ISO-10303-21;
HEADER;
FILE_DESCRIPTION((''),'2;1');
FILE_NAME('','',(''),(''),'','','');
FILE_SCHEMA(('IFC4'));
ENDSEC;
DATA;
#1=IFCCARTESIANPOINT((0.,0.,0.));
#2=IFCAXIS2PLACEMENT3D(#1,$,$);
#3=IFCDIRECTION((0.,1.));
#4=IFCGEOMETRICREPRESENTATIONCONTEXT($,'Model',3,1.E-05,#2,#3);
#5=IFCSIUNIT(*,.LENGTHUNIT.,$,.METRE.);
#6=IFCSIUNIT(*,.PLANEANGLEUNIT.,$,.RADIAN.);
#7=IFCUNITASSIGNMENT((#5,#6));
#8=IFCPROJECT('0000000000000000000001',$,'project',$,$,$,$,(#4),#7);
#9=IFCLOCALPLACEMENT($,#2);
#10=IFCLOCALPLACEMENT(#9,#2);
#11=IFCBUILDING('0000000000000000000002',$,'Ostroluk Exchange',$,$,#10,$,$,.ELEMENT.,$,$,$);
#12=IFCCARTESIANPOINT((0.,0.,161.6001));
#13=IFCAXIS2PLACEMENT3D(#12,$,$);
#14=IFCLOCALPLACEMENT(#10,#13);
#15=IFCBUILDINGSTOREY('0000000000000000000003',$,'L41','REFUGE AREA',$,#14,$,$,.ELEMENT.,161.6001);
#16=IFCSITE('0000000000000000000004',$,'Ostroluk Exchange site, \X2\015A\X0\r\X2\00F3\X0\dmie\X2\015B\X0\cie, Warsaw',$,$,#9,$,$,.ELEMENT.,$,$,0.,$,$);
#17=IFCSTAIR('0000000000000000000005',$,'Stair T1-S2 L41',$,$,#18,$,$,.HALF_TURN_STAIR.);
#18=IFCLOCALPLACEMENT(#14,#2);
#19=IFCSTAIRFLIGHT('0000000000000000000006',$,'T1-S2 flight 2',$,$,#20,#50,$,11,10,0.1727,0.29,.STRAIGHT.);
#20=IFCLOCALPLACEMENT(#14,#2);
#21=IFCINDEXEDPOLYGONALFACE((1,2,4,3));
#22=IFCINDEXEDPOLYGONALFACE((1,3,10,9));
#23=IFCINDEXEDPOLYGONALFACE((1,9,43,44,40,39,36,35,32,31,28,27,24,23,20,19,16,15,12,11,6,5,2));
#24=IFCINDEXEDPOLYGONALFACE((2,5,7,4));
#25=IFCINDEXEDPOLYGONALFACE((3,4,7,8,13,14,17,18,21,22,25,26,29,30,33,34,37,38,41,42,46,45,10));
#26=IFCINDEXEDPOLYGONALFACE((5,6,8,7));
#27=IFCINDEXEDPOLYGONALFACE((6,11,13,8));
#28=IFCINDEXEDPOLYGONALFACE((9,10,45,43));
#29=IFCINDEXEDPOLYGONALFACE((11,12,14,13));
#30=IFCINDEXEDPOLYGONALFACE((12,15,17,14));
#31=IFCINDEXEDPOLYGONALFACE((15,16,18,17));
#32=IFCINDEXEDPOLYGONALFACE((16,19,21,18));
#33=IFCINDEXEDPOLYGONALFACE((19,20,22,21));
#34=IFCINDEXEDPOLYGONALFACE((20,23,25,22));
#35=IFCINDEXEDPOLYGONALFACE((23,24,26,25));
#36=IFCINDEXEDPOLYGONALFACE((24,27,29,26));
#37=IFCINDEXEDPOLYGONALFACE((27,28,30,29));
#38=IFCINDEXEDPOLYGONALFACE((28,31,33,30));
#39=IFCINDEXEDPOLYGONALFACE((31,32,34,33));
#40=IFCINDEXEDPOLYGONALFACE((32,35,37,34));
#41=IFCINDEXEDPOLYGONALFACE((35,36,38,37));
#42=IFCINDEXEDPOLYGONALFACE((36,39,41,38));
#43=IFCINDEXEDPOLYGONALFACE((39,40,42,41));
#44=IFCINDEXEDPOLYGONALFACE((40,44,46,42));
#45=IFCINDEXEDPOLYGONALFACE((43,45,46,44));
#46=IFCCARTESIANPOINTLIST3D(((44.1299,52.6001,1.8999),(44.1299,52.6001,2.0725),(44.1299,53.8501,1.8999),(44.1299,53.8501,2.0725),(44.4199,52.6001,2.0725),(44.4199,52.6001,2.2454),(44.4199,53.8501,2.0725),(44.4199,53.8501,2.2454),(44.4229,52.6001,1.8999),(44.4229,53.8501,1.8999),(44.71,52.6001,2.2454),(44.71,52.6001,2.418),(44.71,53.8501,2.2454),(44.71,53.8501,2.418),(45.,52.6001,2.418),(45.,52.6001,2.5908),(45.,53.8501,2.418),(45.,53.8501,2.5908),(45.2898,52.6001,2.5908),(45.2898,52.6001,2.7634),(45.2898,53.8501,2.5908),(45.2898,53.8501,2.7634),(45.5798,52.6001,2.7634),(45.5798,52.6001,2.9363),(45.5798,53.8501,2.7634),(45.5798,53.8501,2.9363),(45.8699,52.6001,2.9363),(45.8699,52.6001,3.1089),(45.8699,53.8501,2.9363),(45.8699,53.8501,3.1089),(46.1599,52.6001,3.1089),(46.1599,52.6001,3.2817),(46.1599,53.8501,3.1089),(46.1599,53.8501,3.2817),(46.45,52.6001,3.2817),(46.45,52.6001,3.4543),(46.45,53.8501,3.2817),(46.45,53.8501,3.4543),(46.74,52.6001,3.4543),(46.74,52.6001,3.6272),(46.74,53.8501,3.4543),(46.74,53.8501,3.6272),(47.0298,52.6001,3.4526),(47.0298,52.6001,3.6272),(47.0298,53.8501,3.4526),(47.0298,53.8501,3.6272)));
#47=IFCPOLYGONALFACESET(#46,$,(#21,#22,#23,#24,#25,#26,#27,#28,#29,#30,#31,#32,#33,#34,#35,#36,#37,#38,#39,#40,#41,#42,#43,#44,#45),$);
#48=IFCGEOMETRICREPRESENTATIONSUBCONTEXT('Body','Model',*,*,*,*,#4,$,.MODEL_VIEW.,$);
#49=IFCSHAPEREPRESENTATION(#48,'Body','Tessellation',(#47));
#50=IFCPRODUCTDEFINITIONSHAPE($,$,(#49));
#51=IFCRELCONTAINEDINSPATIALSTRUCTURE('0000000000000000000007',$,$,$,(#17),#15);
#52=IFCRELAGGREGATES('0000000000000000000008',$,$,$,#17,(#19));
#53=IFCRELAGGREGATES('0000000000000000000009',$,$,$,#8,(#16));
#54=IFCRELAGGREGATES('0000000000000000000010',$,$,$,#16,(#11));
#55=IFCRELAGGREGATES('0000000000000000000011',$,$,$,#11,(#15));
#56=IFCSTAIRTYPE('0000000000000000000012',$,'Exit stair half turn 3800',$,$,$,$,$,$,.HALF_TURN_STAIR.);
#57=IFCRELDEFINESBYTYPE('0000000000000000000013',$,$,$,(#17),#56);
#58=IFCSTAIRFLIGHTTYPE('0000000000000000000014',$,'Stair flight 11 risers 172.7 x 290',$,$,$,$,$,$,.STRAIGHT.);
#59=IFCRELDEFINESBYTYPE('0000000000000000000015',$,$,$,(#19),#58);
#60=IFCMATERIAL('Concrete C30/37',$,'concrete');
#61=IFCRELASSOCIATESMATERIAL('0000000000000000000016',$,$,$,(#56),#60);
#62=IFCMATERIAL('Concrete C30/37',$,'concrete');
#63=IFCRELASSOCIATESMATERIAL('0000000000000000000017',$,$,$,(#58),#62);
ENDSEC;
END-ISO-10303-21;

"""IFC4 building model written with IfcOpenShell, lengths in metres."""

from ifc_helpers import new_model, si_unit, direction, frame, origin, place, context, subcontext, project, spatial, polyline, outline, extrude, material, type_object, element, aggregate, save


model = new_model("IFC4")

# Units and contexts
model_context = context("Model", 3, precision=1e-05, world=origin(), true_north=direction((0.0, 1.0)))
body_context = subcontext(model_context, "Body", "Model", "MODEL_VIEW")
ifc_project = project(units=[si_unit("LENGTHUNIT", "METRE"), si_unit("PLANEANGLEUNIT", "RADIAN")], contexts=[model_context])

# Site, building, storey
site_placement = place(None, origin())
site = spatial("IfcSite", under=ifc_project, at=site_placement, Name="Ostroluk Exchange site, Śródmieście, Warsaw", CompositionType="ELEMENT", RefElevation=0.0)
building_placement = place(site_placement, origin())
building = spatial("IfcBuilding", under=site, at=building_placement, Name="Ostroluk Exchange", CompositionType="ELEMENT")
storey_placement = place(building_placement, frame((0.0, 0.0, 161.6001)))
storey = spatial("IfcBuildingStorey", under=building, at=storey_placement, Name="L41", Description="REFUGE AREA", CompositionType="ELEMENT", Elevation=161.6001)

# Stair, stair flight
ifc_material_1 = material(Name="Concrete C30/37", Category="concrete")
stair_type = type_object("IfcStairType", Name="Exit stair half turn 3800", PredefinedType="HALF_TURN_STAIR", material=ifc_material_1)
stair_placement = place(storey_placement, origin())
stair = element("IfcStair", 1, at=stair_placement, inside=storey, type_object=stair_type, Name="Stair T1-S2 L41", PredefinedType="HALF_TURN_STAIR")
ifc_material_2 = material(Name="Concrete C30/37", Category="concrete")
stair_flight_type = type_object("IfcStairFlightType", Name="Stair flight 11 risers 172.7 x 290", PredefinedType="STRAIGHT", material=ifc_material_2)
stair_flight_placement = place(storey_placement, frame((44.1299, 53.2251, 1.8999), z_axis=(0.0, 0.0, 1.0), x_axis=(1.0, 0.0, 0.0)))
stair_flight = element("IfcStairFlight", 2, at=stair_flight_placement, type_object=stair_flight_type, Name="T1-S2 flight 2", NumberOfRisers=11, NumberOfTreads=10, PredefinedType="STRAIGHT", RiserHeight=0.1727, TreadLength=0.29, context=body_context, shape_type="SweptSolid", body=[
    extrude(outline(polyline([(0.0, 0.0), (0.0, 0.1726), (0.29, 0.1726), (0.29, 0.3455), (0.5801, 0.3455), (0.5801, 0.5181), (0.8701, 0.5181), (0.8701, 0.6909), (1.1599, 0.6909), (1.1599, 0.8635), (1.45, 0.8635), (1.45, 1.0364), (1.74, 1.0364), (1.74, 1.209), (2.03, 1.209), (2.03, 1.3818), (2.3201, 1.3818), (2.3201, 1.5544), (2.6101, 1.5544), (2.6101, 1.7273), (2.8999, 1.7273), (2.8999, 1.8999), (2.8999, 1.5527), (0.293, 0.0), (0.0, 0.0)])), frame((0.0, 0.625, 0.0), z_axis=(0.0, -1.0, 0.0), x_axis=(1.0, 0.0, 0.0)), (0.0, 0.0, 1.0), 1.25),
])
aggregate(stair, [stair_flight])

save(model, "model.ifc")
